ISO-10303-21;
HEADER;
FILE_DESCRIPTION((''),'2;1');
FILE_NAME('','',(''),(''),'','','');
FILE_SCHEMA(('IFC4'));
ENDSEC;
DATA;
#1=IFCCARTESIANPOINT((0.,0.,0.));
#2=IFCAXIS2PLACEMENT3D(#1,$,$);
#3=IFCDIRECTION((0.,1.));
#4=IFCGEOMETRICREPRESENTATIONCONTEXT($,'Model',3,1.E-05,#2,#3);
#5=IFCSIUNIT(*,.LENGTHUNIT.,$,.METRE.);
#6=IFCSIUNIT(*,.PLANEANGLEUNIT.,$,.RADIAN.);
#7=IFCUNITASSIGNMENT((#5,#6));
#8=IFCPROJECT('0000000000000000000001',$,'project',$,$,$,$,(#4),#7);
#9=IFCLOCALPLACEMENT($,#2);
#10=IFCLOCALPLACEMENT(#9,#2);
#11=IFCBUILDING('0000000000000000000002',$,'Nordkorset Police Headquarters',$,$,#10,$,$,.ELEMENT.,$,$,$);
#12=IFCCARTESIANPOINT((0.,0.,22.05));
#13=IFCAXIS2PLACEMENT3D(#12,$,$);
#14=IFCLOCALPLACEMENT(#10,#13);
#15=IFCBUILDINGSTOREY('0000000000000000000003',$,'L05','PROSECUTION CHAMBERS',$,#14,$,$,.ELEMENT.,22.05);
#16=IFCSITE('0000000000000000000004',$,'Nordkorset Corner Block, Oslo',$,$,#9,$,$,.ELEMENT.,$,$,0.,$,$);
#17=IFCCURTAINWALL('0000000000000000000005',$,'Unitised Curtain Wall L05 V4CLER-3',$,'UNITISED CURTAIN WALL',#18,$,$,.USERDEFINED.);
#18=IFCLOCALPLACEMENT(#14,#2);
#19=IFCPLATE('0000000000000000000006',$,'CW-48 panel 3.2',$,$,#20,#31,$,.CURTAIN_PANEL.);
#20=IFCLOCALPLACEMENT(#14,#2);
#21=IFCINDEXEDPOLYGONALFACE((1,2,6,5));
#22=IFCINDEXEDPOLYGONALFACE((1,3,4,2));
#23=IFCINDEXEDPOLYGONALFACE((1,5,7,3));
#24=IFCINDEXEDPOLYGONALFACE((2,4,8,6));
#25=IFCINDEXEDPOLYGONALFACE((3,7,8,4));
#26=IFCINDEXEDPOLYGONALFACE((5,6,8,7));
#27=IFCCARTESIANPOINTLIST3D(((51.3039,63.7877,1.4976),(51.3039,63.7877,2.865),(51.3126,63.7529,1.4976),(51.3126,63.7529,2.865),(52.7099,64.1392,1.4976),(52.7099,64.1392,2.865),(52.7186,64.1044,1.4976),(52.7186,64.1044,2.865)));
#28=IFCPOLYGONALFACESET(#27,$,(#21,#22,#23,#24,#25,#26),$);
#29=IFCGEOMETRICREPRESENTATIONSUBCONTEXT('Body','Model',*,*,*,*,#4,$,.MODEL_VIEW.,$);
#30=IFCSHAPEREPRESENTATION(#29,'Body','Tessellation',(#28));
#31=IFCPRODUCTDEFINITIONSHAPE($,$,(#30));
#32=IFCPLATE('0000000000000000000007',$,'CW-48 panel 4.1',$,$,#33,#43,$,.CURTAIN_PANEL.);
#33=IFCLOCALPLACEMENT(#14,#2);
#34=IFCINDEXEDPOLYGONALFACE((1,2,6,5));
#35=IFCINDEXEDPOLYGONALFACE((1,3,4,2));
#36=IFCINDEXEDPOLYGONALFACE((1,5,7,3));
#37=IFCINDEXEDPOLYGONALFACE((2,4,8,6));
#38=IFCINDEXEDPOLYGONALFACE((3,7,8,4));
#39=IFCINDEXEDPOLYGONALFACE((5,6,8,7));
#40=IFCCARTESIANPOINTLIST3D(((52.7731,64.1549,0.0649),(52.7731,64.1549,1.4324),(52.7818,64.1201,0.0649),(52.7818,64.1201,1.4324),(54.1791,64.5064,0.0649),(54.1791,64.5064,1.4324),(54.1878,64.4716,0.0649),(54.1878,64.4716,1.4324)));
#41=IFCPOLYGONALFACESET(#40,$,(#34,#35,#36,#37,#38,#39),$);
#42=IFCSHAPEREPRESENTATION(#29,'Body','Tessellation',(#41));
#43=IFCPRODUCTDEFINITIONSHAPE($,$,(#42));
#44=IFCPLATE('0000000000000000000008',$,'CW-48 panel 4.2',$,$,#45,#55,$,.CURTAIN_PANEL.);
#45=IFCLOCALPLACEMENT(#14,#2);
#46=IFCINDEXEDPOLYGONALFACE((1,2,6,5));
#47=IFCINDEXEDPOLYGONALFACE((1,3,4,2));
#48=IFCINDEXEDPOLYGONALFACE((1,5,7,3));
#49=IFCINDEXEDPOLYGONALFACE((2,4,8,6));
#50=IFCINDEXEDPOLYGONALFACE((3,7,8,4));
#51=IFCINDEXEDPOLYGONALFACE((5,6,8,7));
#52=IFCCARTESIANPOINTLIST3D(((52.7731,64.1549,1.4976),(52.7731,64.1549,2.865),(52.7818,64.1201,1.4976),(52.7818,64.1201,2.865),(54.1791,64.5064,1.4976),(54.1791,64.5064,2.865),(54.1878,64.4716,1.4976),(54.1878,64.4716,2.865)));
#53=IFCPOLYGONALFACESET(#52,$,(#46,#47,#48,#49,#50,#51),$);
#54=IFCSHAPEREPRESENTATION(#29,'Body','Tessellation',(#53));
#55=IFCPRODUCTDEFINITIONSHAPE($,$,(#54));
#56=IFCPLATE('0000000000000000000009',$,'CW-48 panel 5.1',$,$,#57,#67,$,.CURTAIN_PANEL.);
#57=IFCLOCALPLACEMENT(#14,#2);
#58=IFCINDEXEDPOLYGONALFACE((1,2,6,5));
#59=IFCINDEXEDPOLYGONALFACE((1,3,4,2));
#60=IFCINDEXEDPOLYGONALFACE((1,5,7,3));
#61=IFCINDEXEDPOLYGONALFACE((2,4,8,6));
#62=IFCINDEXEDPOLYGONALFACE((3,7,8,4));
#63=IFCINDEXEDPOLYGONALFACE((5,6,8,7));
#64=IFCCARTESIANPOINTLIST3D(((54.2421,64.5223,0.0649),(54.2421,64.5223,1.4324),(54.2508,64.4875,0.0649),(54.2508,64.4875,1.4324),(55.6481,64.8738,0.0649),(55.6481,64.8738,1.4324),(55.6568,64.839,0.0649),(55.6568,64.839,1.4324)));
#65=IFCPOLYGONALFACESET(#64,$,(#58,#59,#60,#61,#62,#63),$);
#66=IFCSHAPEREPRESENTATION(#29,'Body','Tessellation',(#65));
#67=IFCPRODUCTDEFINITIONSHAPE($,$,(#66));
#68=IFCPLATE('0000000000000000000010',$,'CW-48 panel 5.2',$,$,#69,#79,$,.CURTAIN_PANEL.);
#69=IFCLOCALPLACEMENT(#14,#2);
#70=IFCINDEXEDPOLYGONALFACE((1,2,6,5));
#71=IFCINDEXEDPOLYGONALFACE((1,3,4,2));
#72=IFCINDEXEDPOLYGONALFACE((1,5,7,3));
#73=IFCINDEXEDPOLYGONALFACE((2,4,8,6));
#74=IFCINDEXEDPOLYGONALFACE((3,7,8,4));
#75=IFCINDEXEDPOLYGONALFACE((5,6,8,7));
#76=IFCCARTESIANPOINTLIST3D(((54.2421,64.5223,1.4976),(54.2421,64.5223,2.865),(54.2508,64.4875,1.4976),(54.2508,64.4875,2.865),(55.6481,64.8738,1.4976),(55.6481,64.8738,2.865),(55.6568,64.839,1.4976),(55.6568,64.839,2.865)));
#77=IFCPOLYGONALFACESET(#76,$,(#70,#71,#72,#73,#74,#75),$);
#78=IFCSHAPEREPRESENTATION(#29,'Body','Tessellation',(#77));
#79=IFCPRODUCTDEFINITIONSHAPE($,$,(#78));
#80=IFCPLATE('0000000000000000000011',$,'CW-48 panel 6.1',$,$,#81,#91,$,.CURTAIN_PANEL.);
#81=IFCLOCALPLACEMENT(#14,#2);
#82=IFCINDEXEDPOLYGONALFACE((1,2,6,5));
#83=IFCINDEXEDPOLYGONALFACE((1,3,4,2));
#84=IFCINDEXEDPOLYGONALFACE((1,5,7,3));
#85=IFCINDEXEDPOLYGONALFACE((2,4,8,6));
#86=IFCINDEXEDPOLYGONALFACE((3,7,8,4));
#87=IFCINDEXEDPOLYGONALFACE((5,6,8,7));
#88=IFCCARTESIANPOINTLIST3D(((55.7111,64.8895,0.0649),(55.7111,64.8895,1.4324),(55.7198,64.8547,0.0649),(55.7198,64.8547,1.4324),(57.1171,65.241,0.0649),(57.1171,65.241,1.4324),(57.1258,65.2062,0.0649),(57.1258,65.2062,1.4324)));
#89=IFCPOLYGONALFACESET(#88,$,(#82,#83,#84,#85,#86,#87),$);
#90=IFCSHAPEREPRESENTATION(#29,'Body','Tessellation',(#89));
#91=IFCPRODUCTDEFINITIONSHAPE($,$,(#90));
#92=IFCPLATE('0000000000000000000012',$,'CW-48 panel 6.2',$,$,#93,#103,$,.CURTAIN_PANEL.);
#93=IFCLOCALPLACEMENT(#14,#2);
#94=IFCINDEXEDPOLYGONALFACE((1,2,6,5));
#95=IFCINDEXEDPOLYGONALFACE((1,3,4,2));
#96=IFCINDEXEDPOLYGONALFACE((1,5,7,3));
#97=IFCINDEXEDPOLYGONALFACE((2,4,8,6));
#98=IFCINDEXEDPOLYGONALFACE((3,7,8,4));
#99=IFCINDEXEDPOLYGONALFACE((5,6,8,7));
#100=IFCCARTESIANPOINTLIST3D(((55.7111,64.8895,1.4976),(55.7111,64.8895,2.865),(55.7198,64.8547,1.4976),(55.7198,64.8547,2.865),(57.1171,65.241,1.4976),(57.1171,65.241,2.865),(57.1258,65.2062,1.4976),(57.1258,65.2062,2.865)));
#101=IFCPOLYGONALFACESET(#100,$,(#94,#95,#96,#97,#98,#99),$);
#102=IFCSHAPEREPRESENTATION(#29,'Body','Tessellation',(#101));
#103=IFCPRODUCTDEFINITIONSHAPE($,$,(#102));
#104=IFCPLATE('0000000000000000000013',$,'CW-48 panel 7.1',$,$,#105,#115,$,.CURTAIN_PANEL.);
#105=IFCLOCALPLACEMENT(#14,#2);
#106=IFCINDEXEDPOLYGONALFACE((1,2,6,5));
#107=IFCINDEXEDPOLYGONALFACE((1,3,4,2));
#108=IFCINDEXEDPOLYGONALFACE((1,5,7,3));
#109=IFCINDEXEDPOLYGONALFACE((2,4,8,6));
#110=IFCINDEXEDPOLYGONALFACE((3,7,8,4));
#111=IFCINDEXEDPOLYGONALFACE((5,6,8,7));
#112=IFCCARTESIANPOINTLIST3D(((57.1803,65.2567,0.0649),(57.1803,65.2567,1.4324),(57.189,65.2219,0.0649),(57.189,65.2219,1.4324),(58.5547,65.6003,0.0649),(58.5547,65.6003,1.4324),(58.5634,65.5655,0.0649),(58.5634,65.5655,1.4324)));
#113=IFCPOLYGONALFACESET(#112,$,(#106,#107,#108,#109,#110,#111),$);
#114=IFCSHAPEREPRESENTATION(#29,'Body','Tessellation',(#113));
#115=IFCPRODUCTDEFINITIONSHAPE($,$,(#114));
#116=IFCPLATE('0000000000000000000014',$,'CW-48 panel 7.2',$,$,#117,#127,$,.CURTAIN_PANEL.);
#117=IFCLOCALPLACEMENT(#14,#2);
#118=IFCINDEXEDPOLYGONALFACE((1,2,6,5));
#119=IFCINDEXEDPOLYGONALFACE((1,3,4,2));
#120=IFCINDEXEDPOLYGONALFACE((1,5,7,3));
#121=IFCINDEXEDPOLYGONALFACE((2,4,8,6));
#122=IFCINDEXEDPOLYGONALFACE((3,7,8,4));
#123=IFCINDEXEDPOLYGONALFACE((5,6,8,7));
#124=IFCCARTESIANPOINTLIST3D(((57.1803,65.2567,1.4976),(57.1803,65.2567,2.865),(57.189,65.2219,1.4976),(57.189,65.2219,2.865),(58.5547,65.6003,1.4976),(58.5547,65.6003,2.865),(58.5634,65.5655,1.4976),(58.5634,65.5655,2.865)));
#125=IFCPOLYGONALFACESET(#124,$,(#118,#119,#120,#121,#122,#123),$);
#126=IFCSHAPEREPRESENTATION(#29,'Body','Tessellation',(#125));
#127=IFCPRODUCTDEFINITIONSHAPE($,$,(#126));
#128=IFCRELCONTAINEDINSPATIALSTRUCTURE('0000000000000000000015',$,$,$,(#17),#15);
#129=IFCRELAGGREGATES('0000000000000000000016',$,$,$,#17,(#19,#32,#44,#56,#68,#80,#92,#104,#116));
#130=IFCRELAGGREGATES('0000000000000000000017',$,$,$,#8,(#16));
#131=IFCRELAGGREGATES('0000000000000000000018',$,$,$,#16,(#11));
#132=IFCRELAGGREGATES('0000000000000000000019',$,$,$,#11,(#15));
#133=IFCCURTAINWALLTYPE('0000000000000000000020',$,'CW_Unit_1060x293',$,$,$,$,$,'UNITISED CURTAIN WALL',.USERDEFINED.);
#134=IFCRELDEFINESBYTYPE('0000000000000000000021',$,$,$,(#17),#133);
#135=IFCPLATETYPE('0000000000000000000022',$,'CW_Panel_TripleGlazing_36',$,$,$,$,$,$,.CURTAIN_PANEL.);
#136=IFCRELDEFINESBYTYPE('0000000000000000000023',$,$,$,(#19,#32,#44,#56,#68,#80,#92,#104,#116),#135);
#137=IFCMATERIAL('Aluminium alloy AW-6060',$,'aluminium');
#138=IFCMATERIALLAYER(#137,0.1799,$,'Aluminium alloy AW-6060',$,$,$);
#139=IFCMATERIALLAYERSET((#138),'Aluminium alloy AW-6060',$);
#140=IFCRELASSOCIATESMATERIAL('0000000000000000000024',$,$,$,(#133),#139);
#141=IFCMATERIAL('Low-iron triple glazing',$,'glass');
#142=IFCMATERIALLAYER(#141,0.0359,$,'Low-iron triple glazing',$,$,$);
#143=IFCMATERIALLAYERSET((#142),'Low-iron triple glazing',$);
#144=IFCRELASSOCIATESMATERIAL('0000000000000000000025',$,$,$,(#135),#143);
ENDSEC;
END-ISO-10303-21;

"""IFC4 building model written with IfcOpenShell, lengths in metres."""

from ifc_helpers import new_model, si_unit, direction, frame, origin, origin_2d, place, context, subcontext, project, spatial, rectangle, extrude, material, layer, layer_set, type_object, element, aggregate, save


model = new_model("IFC4")

# Units and contexts
model_context = context("Model", 3, precision=1e-05, world=origin(), true_north=direction((0.0, 1.0)))
body_context = subcontext(model_context, "Body", "Model", "MODEL_VIEW")
ifc_project = project(units=[si_unit("LENGTHUNIT", "METRE"), si_unit("PLANEANGLEUNIT", "RADIAN")], contexts=[model_context])

# Site, building, storey
site_placement = place(None, origin())
site = spatial("IfcSite", under=ifc_project, at=site_placement, Name="Nordkorset Corner Block, Oslo", CompositionType="ELEMENT", RefElevation=0.0)
building_placement = place(site_placement, origin())
building = spatial("IfcBuilding", under=site, at=building_placement, Name="Nordkorset Police Headquarters", CompositionType="ELEMENT")
storey_placement = place(building_placement, frame((0.0, 0.0, 22.05)))
storey = spatial("IfcBuildingStorey", under=building, at=storey_placement, Name="L05", Description="PROSECUTION CHAMBERS", CompositionType="ELEMENT", Elevation=22.05)

# Curtain wall
ifc_material_1 = material(Name="Aluminium alloy AW-6060", Category="aluminium")
ifc_layer_1 = layer(ifc_material_1, 0.1799, Name="Aluminium alloy AW-6060")
ifc_layer_set_1 = layer_set([ifc_layer_1], Name="Aluminium alloy AW-6060")
curtain_wall_type = type_object("IfcCurtainWallType", Name="CW_Unit_1060x293", ElementType="UNITISED CURTAIN WALL", PredefinedType="USERDEFINED", material=ifc_layer_set_1)
curtain_wall_placement = place(storey_placement, origin())
curtain_wall = element("IfcCurtainWall", 1, at=curtain_wall_placement, inside=storey, type_object=curtain_wall_type, Name="Unitised Curtain Wall L05 V4CLER-3", ObjectType="UNITISED CURTAIN WALL", PredefinedType="USERDEFINED")

# Plates
ifc_material_2 = material(Name="Low-iron triple glazing", Category="glass")
ifc_layer_2 = layer(ifc_material_2, 0.0359, Name="Low-iron triple glazing")
ifc_layer_set_2 = layer_set([ifc_layer_2], Name="Low-iron triple glazing")
plate_type = type_object("IfcPlateType", Name="CW_Panel_TripleGlazing_36", PredefinedType="CURTAIN_PANEL", material=ifc_layer_set_2)
plate_1_placement = place(storey_placement, frame((52.0112, 63.946, 1.4976), z_axis=(0.0, 0.0, 1.0), x_axis=(0.970142, 0.242536, 0.0)))
plate_1 = element("IfcPlate", 2, at=plate_1_placement, type_object=plate_type, Name="CW-48 panel 3.2", PredefinedType="CURTAIN_PANEL", context=body_context, shape_type="SweptSolid", body=[
    extrude(rectangle(XDim=1.4492, YDim=0.0359, at=origin_2d()), origin(), (0.0, 0.0, 1.0), 1.3674),
])
plate_2_placement = place(storey_placement, frame((53.4805, 64.3132, 0.0649), z_axis=(0.0, 0.0, 1.0), x_axis=(0.970142, 0.242536, 0.0)))
plate_2 = element("IfcPlate", 3, at=plate_2_placement, type_object=plate_type, Name="CW-48 panel 4.1", PredefinedType="CURTAIN_PANEL", context=body_context, shape_type="SweptSolid", body=[
    extrude(rectangle(XDim=1.4492, YDim=0.0359, at=origin_2d()), origin(), (0.0, 0.0, 1.0), 1.3674),
])
plate_3_placement = place(storey_placement, frame((53.4805, 64.3132, 1.4976), z_axis=(0.0, 0.0, 1.0), x_axis=(0.970142, 0.242536, 0.0)))
plate_3 = element("IfcPlate", 4, at=plate_3_placement, type_object=plate_type, Name="CW-48 panel 4.2", PredefinedType="CURTAIN_PANEL", context=body_context, shape_type="SweptSolid", body=[
    extrude(rectangle(XDim=1.4492, YDim=0.0359, at=origin_2d()), origin(), (0.0, 0.0, 1.0), 1.3674),
])
plate_4_placement = place(storey_placement, frame((54.9495, 64.6807, 0.0649), z_axis=(0.0, 0.0, 1.0), x_axis=(0.970142, 0.242536, 0.0)))
plate_4 = element("IfcPlate", 5, at=plate_4_placement, type_object=plate_type, Name="CW-48 panel 5.1", PredefinedType="CURTAIN_PANEL", context=body_context, shape_type="SweptSolid", body=[
    extrude(rectangle(XDim=1.4492, YDim=0.0359, at=origin_2d()), origin(), (0.0, 0.0, 1.0), 1.3674),
])
plate_5_placement = place(storey_placement, frame((54.9495, 64.6807, 1.4976), z_axis=(0.0, 0.0, 1.0), x_axis=(0.970142, 0.242536, 0.0)))
plate_5 = element("IfcPlate", 6, at=plate_5_placement, type_object=plate_type, Name="CW-48 panel 5.2", PredefinedType="CURTAIN_PANEL", context=body_context, shape_type="SweptSolid", body=[
    extrude(rectangle(XDim=1.4492, YDim=0.0359, at=origin_2d()), origin(), (0.0, 0.0, 1.0), 1.3674),
])
plate_6_placement = place(storey_placement, frame((56.4185, 65.0479, 0.0649), z_axis=(0.0, 0.0, 1.0), x_axis=(0.970142, 0.242536, 0.0)))
plate_6 = element("IfcPlate", 7, at=plate_6_placement, type_object=plate_type, Name="CW-48 panel 6.1", PredefinedType="CURTAIN_PANEL", context=body_context, shape_type="SweptSolid", body=[
    extrude(rectangle(XDim=1.4492, YDim=0.0359, at=origin_2d()), origin(), (0.0, 0.0, 1.0), 1.3674),
])
plate_7_placement = place(storey_placement, frame((56.4185, 65.0479, 1.4976), z_axis=(0.0, 0.0, 1.0), x_axis=(0.970142, 0.242536, 0.0)))
plate_7 = element("IfcPlate", 8, at=plate_7_placement, type_object=plate_type, Name="CW-48 panel 6.2", PredefinedType="CURTAIN_PANEL", context=body_context, shape_type="SweptSolid", body=[
    extrude(rectangle(XDim=1.4492, YDim=0.0359, at=origin_2d()), origin(), (0.0, 0.0, 1.0), 1.3674),
])
plate_8_placement = place(storey_placement, frame((57.8718, 65.4111, 0.0649), z_axis=(0.0, 0.0, 1.0), x_axis=(0.970142, 0.242536, 0.0)))
plate_8 = element("IfcPlate", 9, at=plate_8_placement, type_object=plate_type, Name="CW-48 panel 7.1", PredefinedType="CURTAIN_PANEL", context=body_context, shape_type="SweptSolid", body=[
    extrude(rectangle(XDim=1.4167, YDim=0.0359, at=origin_2d()), origin(), (0.0, 0.0, 1.0), 1.3674),
])
plate_9_placement = place(storey_placement, frame((57.8718, 65.4111, 1.4976), z_axis=(0.0, 0.0, 1.0), x_axis=(0.970142, 0.242536, 0.0)))
plate_9 = element("IfcPlate", 10, at=plate_9_placement, type_object=plate_type, Name="CW-48 panel 7.2", PredefinedType="CURTAIN_PANEL", context=body_context, shape_type="SweptSolid", body=[
    extrude(rectangle(XDim=1.4167, YDim=0.0359, at=origin_2d()), origin(), (0.0, 0.0, 1.0), 1.3674),
])
aggregate(curtain_wall, [plate_1, plate_2, plate_3, plate_4, plate_5, plate_6, plate_7, plate_8, plate_9])

save(model, "model.ifc")
